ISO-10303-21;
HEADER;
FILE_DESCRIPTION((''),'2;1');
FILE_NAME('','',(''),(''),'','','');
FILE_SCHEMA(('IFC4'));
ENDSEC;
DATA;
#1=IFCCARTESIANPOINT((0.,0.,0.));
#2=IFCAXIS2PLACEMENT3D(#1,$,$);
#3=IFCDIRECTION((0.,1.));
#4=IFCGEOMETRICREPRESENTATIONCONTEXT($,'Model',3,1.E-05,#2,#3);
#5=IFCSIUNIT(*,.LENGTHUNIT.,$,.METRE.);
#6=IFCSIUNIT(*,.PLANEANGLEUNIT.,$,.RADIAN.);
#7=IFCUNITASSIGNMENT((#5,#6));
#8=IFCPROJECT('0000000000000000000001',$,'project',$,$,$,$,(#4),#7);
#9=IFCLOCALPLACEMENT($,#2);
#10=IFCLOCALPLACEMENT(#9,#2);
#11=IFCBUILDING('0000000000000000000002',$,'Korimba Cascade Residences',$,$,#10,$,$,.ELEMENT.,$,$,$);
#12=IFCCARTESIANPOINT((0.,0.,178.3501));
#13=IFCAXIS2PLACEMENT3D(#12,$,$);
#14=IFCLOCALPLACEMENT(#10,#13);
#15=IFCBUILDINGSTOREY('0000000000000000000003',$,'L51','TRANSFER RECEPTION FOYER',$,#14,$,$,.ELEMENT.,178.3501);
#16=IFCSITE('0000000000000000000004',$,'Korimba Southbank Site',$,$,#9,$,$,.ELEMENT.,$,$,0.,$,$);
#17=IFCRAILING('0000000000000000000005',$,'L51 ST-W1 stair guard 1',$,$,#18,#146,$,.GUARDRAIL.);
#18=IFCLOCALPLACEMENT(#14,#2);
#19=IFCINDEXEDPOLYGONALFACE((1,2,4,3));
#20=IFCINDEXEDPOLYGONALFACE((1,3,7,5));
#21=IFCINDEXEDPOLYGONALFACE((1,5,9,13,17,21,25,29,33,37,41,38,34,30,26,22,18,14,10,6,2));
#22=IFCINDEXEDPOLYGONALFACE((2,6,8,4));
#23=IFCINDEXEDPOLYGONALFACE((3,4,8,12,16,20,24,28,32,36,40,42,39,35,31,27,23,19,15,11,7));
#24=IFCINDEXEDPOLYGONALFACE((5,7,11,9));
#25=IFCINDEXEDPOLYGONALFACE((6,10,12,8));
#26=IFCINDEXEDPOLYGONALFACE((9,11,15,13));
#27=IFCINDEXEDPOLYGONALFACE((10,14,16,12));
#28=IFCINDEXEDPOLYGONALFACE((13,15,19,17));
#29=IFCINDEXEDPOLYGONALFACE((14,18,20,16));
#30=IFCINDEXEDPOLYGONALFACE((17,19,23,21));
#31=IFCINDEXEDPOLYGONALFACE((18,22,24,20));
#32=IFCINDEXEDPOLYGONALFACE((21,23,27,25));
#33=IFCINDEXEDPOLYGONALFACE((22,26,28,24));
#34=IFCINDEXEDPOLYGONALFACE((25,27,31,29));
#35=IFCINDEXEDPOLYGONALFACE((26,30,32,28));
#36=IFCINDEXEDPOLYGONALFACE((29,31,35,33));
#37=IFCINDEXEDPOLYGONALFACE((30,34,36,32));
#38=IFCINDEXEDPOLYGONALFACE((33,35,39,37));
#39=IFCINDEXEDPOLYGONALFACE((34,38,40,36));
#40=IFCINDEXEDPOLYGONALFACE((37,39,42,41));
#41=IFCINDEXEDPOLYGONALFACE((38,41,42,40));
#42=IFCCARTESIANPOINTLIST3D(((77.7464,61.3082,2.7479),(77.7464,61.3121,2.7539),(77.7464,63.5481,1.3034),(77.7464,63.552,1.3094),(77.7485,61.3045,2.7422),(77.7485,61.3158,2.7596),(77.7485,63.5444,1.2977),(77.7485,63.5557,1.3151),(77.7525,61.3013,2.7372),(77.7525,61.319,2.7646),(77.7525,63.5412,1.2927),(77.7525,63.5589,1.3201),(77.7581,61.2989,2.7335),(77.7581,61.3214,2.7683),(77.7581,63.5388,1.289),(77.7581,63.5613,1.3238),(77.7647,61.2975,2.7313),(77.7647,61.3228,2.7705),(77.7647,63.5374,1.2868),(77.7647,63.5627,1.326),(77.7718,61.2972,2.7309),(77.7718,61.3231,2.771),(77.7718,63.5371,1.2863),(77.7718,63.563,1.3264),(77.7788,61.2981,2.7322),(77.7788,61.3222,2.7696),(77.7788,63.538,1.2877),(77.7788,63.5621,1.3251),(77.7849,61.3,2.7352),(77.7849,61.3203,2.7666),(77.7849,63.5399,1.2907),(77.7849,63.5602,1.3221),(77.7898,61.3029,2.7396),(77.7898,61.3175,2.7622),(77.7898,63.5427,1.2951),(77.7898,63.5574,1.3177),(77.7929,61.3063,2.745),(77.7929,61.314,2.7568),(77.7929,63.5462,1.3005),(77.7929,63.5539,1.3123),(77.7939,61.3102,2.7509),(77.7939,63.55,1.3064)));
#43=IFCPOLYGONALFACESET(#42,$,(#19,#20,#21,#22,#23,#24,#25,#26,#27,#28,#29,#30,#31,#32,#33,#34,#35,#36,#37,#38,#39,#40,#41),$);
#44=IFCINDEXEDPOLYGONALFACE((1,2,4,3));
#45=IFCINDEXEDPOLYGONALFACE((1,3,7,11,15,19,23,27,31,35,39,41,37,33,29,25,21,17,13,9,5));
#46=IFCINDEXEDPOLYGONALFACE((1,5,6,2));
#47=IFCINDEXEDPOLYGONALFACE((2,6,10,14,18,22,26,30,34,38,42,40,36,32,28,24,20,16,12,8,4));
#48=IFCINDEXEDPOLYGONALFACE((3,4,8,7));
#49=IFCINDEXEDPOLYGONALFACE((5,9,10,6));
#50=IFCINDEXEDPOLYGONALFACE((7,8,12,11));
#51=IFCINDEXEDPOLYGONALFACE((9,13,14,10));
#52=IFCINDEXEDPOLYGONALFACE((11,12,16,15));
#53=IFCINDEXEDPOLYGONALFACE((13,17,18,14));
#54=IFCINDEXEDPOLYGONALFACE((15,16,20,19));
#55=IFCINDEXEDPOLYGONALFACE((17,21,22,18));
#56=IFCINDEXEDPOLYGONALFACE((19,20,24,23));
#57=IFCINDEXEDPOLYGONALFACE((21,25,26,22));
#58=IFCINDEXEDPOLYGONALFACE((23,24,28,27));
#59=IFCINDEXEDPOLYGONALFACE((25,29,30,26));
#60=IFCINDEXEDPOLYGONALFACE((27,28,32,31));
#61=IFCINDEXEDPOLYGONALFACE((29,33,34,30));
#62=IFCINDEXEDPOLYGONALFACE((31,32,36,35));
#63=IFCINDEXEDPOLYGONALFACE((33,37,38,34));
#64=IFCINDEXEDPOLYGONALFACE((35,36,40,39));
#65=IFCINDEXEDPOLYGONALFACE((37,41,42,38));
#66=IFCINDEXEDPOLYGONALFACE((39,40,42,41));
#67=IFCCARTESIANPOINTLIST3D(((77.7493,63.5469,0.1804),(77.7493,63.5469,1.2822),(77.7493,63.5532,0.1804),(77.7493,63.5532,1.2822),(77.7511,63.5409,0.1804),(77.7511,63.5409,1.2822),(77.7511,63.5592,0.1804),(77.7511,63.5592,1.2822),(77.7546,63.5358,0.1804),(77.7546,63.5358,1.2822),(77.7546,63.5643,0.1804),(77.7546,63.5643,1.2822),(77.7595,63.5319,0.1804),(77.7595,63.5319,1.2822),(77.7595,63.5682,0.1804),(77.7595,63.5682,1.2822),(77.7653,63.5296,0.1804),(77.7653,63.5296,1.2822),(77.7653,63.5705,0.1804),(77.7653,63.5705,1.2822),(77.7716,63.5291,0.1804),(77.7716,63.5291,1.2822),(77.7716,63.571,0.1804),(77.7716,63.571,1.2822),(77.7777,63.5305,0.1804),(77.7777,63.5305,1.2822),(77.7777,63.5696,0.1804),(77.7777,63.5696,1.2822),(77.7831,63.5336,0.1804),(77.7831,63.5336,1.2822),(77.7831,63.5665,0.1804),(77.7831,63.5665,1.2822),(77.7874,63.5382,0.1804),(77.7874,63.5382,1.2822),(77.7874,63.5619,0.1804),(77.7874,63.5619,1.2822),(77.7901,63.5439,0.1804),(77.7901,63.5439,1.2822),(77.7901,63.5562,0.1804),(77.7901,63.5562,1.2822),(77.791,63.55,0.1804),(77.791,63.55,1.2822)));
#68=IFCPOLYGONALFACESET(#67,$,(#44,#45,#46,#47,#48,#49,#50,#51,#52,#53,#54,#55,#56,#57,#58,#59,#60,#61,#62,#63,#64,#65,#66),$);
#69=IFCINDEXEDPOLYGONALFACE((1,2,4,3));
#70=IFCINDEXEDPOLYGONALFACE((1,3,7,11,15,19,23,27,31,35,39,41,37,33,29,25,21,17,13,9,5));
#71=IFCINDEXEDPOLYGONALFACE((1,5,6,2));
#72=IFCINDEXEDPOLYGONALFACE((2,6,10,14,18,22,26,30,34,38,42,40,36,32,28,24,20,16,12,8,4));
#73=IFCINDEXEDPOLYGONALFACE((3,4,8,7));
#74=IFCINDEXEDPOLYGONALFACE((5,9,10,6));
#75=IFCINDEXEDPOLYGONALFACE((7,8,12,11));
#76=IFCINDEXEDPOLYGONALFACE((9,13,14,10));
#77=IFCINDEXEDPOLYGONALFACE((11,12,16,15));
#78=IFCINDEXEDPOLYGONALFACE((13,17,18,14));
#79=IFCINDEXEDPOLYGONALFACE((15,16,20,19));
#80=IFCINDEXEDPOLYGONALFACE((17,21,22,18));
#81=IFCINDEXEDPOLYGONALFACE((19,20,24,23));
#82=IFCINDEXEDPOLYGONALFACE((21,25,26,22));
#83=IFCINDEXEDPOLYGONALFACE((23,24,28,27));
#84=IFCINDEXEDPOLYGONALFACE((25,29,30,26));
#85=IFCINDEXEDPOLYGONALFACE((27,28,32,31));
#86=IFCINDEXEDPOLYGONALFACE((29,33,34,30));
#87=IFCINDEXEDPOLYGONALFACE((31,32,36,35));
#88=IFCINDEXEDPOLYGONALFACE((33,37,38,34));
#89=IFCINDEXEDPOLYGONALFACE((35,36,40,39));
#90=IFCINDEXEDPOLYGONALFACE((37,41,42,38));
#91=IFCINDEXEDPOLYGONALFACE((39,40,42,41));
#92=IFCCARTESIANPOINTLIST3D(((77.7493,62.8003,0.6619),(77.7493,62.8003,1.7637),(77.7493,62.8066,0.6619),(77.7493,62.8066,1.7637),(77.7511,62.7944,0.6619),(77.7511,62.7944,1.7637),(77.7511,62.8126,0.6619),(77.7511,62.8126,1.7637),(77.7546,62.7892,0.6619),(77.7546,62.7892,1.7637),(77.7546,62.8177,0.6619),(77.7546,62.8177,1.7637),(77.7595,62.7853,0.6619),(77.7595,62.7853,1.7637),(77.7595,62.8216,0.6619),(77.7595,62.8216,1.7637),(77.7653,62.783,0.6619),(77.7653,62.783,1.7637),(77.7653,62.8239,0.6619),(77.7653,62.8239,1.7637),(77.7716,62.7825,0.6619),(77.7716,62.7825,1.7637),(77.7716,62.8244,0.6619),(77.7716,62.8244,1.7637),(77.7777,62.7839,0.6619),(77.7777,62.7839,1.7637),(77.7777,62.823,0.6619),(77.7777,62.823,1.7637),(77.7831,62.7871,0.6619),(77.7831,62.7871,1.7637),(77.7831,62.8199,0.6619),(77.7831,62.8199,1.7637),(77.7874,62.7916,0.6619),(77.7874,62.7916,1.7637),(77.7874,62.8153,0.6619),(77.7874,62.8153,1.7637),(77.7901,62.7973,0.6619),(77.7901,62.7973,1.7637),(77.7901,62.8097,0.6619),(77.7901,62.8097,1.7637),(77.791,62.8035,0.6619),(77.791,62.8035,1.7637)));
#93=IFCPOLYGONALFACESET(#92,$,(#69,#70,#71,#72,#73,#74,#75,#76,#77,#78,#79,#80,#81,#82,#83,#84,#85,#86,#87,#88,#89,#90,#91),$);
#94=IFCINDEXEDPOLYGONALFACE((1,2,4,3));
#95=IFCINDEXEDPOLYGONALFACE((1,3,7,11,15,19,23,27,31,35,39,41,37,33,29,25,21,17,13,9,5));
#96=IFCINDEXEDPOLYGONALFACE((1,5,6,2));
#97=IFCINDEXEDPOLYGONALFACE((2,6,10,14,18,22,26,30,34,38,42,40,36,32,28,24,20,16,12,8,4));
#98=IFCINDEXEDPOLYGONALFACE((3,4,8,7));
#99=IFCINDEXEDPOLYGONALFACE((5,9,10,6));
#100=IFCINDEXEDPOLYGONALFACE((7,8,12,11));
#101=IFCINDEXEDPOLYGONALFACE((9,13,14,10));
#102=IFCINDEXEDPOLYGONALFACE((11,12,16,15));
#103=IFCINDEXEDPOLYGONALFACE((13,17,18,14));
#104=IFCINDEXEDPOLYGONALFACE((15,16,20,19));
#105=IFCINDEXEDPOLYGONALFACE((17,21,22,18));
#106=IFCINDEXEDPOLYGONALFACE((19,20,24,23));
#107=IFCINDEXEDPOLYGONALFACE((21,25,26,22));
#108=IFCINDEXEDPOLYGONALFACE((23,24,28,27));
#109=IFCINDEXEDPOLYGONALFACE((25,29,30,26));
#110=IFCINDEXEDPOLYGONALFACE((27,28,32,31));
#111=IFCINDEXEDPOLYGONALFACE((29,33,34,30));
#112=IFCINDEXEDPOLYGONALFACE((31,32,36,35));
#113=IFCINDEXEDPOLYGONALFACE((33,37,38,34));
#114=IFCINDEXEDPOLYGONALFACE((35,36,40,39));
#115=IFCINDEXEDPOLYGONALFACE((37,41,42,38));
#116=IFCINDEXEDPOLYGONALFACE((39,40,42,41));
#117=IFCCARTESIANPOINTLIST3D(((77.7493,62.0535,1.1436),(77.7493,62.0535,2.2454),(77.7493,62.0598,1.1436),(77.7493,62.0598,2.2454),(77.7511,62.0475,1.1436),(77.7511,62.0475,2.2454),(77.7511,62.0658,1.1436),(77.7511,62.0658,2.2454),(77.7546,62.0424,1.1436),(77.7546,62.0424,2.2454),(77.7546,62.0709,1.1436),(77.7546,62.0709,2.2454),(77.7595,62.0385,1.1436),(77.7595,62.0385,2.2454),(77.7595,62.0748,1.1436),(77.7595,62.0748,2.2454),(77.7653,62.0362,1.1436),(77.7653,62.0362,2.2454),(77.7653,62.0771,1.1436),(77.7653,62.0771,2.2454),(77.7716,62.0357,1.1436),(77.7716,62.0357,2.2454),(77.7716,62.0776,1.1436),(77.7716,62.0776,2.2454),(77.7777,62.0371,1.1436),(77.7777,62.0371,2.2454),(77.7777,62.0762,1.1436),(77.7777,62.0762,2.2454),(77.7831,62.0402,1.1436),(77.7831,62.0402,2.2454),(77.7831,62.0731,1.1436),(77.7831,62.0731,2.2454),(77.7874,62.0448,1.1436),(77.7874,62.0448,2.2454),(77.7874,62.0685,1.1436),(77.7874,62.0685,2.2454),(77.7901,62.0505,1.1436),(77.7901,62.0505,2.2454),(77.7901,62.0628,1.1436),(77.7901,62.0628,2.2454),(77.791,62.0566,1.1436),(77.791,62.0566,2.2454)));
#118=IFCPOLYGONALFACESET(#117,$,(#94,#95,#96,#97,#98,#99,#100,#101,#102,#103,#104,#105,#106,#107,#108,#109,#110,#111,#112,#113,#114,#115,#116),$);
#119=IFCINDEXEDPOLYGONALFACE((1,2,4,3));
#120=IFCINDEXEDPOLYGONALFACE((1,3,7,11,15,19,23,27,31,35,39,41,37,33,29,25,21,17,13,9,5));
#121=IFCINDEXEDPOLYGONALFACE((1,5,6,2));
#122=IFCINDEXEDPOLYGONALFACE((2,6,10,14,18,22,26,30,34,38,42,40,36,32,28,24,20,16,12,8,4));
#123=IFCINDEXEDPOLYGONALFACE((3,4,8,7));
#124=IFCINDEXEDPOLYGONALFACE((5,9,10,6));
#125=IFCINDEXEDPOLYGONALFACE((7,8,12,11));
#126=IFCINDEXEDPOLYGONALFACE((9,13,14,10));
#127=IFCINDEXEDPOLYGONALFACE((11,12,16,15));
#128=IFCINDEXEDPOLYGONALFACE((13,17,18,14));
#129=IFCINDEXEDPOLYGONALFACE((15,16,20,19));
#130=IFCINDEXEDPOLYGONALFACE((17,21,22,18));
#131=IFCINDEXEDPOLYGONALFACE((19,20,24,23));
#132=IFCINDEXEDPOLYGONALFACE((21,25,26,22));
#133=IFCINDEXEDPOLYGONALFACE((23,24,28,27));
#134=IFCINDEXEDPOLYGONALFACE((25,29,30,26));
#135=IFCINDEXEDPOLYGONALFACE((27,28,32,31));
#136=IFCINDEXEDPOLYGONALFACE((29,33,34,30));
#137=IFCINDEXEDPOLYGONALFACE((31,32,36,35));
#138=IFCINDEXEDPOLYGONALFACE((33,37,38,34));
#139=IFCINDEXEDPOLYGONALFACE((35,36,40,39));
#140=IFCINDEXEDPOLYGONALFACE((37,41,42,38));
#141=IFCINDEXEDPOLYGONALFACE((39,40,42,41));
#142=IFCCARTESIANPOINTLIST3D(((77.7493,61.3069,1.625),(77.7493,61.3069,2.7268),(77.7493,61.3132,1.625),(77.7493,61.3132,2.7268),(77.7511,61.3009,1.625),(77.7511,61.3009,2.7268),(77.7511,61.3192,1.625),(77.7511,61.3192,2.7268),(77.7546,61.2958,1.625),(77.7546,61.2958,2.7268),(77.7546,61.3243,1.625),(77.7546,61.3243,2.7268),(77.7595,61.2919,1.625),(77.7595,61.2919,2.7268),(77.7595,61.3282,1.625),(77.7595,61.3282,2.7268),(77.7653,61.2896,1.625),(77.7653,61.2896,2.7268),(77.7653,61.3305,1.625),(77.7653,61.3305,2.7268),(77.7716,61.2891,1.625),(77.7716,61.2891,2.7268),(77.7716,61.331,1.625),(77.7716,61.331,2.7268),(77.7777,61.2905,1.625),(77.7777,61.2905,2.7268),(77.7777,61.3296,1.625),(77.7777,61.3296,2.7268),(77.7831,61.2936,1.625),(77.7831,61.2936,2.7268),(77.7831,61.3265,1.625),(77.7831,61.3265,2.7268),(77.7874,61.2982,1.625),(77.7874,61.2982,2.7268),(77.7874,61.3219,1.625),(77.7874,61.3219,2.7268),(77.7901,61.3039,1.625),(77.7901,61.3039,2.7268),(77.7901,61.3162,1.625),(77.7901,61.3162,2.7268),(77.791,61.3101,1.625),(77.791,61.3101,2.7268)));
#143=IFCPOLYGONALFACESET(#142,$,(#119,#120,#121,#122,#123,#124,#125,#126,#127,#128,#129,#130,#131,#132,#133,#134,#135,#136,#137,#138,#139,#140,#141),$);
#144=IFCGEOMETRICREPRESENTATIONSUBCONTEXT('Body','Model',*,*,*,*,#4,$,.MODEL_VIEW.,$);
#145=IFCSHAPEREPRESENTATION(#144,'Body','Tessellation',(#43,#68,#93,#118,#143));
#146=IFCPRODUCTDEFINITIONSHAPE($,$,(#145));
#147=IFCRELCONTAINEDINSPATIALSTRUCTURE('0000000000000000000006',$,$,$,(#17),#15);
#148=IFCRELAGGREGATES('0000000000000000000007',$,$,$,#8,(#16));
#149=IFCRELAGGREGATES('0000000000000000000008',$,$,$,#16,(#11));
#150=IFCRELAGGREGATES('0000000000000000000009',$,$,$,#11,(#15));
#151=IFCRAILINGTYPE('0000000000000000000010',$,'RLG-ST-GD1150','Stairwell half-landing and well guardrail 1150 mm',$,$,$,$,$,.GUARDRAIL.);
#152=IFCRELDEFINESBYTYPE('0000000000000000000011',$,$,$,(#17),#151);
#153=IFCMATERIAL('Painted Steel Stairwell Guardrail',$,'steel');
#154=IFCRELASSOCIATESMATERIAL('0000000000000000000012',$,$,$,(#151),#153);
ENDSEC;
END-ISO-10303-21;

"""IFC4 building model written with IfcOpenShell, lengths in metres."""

from ifc_helpers import new_model, si_unit, direction, frame, origin, origin_2d, place, context, subcontext, project, spatial, circle, extrude, material, type_object, element, save


model = new_model("IFC4")

# Units and contexts
model_context = context("Model", 3, precision=1e-05, world=origin(), true_north=direction((0.0, 1.0)))
body_context = subcontext(model_context, "Body", "Model", "MODEL_VIEW")
ifc_project = project(units=[si_unit("LENGTHUNIT", "METRE"), si_unit("PLANEANGLEUNIT", "RADIAN")], contexts=[model_context])

# Site, building, storey
site_placement = place(None, origin())
site = spatial("IfcSite", under=ifc_project, at=site_placement, Name="Korimba Southbank Site", CompositionType="ELEMENT", RefElevation=0.0)
building_placement = place(site_placement, origin())
building = spatial("IfcBuilding", under=site, at=building_placement, Name="Korimba Cascade Residences", CompositionType="ELEMENT")
storey_placement = place(building_placement, frame((0.0, 0.0, 178.3501)))
storey = spatial("IfcBuildingStorey", under=building, at=storey_placement, Name="L51", Description="TRANSFER RECEPTION FOYER", CompositionType="ELEMENT", Elevation=178.3501)

# Railing
ifc_material_1 = material(Name="Painted Steel Stairwell Guardrail", Category="steel")
railing_type_1 = type_object("IfcRailingType", Name="RLG-ST-GD1150", Description="Stairwell half-landing and well guardrail 1150 mm", PredefinedType="GUARDRAIL", material=ifc_material_1)
railing_1_placement = place(storey_placement, frame((77.77, 63.55, 0.1804)))
element("IfcRailing", 1, at=railing_1_placement, inside=storey, type_object=railing_type_1, Name="L51 ST-W1 stair guard 1", PredefinedType="GUARDRAIL", context=body_context, shape_type="SweptSolid", body=[
    extrude(circle(Radius=0.0239, at=origin_2d()), frame((0.0, 0.0, 1.126), z_axis=(0.0, -0.840395, 0.541975), x_axis=(1.0, 0.0, 0.0)), (0.0, 0.0, 1.0), 2.6653),
    extrude(circle(Radius=0.021, at=origin_2d()), origin(), (0.0, 0.0, 1.0), 1.1018),
    extrude(circle(Radius=0.021, at=origin_2d()), frame((0.0, -0.7466, 0.4814)), (0.0, 0.0, 1.0), 1.1018),
    extrude(circle(Radius=0.021, at=origin_2d()), frame((0.0, -1.4934, 0.9631)), (0.0, 0.0, 1.0), 1.1018),
    extrude(circle(Radius=0.021, at=origin_2d()), frame((0.0, -2.24, 1.4446)), (0.0, 0.0, 1.0), 1.1018),
])

save(model, "model.ifc")
